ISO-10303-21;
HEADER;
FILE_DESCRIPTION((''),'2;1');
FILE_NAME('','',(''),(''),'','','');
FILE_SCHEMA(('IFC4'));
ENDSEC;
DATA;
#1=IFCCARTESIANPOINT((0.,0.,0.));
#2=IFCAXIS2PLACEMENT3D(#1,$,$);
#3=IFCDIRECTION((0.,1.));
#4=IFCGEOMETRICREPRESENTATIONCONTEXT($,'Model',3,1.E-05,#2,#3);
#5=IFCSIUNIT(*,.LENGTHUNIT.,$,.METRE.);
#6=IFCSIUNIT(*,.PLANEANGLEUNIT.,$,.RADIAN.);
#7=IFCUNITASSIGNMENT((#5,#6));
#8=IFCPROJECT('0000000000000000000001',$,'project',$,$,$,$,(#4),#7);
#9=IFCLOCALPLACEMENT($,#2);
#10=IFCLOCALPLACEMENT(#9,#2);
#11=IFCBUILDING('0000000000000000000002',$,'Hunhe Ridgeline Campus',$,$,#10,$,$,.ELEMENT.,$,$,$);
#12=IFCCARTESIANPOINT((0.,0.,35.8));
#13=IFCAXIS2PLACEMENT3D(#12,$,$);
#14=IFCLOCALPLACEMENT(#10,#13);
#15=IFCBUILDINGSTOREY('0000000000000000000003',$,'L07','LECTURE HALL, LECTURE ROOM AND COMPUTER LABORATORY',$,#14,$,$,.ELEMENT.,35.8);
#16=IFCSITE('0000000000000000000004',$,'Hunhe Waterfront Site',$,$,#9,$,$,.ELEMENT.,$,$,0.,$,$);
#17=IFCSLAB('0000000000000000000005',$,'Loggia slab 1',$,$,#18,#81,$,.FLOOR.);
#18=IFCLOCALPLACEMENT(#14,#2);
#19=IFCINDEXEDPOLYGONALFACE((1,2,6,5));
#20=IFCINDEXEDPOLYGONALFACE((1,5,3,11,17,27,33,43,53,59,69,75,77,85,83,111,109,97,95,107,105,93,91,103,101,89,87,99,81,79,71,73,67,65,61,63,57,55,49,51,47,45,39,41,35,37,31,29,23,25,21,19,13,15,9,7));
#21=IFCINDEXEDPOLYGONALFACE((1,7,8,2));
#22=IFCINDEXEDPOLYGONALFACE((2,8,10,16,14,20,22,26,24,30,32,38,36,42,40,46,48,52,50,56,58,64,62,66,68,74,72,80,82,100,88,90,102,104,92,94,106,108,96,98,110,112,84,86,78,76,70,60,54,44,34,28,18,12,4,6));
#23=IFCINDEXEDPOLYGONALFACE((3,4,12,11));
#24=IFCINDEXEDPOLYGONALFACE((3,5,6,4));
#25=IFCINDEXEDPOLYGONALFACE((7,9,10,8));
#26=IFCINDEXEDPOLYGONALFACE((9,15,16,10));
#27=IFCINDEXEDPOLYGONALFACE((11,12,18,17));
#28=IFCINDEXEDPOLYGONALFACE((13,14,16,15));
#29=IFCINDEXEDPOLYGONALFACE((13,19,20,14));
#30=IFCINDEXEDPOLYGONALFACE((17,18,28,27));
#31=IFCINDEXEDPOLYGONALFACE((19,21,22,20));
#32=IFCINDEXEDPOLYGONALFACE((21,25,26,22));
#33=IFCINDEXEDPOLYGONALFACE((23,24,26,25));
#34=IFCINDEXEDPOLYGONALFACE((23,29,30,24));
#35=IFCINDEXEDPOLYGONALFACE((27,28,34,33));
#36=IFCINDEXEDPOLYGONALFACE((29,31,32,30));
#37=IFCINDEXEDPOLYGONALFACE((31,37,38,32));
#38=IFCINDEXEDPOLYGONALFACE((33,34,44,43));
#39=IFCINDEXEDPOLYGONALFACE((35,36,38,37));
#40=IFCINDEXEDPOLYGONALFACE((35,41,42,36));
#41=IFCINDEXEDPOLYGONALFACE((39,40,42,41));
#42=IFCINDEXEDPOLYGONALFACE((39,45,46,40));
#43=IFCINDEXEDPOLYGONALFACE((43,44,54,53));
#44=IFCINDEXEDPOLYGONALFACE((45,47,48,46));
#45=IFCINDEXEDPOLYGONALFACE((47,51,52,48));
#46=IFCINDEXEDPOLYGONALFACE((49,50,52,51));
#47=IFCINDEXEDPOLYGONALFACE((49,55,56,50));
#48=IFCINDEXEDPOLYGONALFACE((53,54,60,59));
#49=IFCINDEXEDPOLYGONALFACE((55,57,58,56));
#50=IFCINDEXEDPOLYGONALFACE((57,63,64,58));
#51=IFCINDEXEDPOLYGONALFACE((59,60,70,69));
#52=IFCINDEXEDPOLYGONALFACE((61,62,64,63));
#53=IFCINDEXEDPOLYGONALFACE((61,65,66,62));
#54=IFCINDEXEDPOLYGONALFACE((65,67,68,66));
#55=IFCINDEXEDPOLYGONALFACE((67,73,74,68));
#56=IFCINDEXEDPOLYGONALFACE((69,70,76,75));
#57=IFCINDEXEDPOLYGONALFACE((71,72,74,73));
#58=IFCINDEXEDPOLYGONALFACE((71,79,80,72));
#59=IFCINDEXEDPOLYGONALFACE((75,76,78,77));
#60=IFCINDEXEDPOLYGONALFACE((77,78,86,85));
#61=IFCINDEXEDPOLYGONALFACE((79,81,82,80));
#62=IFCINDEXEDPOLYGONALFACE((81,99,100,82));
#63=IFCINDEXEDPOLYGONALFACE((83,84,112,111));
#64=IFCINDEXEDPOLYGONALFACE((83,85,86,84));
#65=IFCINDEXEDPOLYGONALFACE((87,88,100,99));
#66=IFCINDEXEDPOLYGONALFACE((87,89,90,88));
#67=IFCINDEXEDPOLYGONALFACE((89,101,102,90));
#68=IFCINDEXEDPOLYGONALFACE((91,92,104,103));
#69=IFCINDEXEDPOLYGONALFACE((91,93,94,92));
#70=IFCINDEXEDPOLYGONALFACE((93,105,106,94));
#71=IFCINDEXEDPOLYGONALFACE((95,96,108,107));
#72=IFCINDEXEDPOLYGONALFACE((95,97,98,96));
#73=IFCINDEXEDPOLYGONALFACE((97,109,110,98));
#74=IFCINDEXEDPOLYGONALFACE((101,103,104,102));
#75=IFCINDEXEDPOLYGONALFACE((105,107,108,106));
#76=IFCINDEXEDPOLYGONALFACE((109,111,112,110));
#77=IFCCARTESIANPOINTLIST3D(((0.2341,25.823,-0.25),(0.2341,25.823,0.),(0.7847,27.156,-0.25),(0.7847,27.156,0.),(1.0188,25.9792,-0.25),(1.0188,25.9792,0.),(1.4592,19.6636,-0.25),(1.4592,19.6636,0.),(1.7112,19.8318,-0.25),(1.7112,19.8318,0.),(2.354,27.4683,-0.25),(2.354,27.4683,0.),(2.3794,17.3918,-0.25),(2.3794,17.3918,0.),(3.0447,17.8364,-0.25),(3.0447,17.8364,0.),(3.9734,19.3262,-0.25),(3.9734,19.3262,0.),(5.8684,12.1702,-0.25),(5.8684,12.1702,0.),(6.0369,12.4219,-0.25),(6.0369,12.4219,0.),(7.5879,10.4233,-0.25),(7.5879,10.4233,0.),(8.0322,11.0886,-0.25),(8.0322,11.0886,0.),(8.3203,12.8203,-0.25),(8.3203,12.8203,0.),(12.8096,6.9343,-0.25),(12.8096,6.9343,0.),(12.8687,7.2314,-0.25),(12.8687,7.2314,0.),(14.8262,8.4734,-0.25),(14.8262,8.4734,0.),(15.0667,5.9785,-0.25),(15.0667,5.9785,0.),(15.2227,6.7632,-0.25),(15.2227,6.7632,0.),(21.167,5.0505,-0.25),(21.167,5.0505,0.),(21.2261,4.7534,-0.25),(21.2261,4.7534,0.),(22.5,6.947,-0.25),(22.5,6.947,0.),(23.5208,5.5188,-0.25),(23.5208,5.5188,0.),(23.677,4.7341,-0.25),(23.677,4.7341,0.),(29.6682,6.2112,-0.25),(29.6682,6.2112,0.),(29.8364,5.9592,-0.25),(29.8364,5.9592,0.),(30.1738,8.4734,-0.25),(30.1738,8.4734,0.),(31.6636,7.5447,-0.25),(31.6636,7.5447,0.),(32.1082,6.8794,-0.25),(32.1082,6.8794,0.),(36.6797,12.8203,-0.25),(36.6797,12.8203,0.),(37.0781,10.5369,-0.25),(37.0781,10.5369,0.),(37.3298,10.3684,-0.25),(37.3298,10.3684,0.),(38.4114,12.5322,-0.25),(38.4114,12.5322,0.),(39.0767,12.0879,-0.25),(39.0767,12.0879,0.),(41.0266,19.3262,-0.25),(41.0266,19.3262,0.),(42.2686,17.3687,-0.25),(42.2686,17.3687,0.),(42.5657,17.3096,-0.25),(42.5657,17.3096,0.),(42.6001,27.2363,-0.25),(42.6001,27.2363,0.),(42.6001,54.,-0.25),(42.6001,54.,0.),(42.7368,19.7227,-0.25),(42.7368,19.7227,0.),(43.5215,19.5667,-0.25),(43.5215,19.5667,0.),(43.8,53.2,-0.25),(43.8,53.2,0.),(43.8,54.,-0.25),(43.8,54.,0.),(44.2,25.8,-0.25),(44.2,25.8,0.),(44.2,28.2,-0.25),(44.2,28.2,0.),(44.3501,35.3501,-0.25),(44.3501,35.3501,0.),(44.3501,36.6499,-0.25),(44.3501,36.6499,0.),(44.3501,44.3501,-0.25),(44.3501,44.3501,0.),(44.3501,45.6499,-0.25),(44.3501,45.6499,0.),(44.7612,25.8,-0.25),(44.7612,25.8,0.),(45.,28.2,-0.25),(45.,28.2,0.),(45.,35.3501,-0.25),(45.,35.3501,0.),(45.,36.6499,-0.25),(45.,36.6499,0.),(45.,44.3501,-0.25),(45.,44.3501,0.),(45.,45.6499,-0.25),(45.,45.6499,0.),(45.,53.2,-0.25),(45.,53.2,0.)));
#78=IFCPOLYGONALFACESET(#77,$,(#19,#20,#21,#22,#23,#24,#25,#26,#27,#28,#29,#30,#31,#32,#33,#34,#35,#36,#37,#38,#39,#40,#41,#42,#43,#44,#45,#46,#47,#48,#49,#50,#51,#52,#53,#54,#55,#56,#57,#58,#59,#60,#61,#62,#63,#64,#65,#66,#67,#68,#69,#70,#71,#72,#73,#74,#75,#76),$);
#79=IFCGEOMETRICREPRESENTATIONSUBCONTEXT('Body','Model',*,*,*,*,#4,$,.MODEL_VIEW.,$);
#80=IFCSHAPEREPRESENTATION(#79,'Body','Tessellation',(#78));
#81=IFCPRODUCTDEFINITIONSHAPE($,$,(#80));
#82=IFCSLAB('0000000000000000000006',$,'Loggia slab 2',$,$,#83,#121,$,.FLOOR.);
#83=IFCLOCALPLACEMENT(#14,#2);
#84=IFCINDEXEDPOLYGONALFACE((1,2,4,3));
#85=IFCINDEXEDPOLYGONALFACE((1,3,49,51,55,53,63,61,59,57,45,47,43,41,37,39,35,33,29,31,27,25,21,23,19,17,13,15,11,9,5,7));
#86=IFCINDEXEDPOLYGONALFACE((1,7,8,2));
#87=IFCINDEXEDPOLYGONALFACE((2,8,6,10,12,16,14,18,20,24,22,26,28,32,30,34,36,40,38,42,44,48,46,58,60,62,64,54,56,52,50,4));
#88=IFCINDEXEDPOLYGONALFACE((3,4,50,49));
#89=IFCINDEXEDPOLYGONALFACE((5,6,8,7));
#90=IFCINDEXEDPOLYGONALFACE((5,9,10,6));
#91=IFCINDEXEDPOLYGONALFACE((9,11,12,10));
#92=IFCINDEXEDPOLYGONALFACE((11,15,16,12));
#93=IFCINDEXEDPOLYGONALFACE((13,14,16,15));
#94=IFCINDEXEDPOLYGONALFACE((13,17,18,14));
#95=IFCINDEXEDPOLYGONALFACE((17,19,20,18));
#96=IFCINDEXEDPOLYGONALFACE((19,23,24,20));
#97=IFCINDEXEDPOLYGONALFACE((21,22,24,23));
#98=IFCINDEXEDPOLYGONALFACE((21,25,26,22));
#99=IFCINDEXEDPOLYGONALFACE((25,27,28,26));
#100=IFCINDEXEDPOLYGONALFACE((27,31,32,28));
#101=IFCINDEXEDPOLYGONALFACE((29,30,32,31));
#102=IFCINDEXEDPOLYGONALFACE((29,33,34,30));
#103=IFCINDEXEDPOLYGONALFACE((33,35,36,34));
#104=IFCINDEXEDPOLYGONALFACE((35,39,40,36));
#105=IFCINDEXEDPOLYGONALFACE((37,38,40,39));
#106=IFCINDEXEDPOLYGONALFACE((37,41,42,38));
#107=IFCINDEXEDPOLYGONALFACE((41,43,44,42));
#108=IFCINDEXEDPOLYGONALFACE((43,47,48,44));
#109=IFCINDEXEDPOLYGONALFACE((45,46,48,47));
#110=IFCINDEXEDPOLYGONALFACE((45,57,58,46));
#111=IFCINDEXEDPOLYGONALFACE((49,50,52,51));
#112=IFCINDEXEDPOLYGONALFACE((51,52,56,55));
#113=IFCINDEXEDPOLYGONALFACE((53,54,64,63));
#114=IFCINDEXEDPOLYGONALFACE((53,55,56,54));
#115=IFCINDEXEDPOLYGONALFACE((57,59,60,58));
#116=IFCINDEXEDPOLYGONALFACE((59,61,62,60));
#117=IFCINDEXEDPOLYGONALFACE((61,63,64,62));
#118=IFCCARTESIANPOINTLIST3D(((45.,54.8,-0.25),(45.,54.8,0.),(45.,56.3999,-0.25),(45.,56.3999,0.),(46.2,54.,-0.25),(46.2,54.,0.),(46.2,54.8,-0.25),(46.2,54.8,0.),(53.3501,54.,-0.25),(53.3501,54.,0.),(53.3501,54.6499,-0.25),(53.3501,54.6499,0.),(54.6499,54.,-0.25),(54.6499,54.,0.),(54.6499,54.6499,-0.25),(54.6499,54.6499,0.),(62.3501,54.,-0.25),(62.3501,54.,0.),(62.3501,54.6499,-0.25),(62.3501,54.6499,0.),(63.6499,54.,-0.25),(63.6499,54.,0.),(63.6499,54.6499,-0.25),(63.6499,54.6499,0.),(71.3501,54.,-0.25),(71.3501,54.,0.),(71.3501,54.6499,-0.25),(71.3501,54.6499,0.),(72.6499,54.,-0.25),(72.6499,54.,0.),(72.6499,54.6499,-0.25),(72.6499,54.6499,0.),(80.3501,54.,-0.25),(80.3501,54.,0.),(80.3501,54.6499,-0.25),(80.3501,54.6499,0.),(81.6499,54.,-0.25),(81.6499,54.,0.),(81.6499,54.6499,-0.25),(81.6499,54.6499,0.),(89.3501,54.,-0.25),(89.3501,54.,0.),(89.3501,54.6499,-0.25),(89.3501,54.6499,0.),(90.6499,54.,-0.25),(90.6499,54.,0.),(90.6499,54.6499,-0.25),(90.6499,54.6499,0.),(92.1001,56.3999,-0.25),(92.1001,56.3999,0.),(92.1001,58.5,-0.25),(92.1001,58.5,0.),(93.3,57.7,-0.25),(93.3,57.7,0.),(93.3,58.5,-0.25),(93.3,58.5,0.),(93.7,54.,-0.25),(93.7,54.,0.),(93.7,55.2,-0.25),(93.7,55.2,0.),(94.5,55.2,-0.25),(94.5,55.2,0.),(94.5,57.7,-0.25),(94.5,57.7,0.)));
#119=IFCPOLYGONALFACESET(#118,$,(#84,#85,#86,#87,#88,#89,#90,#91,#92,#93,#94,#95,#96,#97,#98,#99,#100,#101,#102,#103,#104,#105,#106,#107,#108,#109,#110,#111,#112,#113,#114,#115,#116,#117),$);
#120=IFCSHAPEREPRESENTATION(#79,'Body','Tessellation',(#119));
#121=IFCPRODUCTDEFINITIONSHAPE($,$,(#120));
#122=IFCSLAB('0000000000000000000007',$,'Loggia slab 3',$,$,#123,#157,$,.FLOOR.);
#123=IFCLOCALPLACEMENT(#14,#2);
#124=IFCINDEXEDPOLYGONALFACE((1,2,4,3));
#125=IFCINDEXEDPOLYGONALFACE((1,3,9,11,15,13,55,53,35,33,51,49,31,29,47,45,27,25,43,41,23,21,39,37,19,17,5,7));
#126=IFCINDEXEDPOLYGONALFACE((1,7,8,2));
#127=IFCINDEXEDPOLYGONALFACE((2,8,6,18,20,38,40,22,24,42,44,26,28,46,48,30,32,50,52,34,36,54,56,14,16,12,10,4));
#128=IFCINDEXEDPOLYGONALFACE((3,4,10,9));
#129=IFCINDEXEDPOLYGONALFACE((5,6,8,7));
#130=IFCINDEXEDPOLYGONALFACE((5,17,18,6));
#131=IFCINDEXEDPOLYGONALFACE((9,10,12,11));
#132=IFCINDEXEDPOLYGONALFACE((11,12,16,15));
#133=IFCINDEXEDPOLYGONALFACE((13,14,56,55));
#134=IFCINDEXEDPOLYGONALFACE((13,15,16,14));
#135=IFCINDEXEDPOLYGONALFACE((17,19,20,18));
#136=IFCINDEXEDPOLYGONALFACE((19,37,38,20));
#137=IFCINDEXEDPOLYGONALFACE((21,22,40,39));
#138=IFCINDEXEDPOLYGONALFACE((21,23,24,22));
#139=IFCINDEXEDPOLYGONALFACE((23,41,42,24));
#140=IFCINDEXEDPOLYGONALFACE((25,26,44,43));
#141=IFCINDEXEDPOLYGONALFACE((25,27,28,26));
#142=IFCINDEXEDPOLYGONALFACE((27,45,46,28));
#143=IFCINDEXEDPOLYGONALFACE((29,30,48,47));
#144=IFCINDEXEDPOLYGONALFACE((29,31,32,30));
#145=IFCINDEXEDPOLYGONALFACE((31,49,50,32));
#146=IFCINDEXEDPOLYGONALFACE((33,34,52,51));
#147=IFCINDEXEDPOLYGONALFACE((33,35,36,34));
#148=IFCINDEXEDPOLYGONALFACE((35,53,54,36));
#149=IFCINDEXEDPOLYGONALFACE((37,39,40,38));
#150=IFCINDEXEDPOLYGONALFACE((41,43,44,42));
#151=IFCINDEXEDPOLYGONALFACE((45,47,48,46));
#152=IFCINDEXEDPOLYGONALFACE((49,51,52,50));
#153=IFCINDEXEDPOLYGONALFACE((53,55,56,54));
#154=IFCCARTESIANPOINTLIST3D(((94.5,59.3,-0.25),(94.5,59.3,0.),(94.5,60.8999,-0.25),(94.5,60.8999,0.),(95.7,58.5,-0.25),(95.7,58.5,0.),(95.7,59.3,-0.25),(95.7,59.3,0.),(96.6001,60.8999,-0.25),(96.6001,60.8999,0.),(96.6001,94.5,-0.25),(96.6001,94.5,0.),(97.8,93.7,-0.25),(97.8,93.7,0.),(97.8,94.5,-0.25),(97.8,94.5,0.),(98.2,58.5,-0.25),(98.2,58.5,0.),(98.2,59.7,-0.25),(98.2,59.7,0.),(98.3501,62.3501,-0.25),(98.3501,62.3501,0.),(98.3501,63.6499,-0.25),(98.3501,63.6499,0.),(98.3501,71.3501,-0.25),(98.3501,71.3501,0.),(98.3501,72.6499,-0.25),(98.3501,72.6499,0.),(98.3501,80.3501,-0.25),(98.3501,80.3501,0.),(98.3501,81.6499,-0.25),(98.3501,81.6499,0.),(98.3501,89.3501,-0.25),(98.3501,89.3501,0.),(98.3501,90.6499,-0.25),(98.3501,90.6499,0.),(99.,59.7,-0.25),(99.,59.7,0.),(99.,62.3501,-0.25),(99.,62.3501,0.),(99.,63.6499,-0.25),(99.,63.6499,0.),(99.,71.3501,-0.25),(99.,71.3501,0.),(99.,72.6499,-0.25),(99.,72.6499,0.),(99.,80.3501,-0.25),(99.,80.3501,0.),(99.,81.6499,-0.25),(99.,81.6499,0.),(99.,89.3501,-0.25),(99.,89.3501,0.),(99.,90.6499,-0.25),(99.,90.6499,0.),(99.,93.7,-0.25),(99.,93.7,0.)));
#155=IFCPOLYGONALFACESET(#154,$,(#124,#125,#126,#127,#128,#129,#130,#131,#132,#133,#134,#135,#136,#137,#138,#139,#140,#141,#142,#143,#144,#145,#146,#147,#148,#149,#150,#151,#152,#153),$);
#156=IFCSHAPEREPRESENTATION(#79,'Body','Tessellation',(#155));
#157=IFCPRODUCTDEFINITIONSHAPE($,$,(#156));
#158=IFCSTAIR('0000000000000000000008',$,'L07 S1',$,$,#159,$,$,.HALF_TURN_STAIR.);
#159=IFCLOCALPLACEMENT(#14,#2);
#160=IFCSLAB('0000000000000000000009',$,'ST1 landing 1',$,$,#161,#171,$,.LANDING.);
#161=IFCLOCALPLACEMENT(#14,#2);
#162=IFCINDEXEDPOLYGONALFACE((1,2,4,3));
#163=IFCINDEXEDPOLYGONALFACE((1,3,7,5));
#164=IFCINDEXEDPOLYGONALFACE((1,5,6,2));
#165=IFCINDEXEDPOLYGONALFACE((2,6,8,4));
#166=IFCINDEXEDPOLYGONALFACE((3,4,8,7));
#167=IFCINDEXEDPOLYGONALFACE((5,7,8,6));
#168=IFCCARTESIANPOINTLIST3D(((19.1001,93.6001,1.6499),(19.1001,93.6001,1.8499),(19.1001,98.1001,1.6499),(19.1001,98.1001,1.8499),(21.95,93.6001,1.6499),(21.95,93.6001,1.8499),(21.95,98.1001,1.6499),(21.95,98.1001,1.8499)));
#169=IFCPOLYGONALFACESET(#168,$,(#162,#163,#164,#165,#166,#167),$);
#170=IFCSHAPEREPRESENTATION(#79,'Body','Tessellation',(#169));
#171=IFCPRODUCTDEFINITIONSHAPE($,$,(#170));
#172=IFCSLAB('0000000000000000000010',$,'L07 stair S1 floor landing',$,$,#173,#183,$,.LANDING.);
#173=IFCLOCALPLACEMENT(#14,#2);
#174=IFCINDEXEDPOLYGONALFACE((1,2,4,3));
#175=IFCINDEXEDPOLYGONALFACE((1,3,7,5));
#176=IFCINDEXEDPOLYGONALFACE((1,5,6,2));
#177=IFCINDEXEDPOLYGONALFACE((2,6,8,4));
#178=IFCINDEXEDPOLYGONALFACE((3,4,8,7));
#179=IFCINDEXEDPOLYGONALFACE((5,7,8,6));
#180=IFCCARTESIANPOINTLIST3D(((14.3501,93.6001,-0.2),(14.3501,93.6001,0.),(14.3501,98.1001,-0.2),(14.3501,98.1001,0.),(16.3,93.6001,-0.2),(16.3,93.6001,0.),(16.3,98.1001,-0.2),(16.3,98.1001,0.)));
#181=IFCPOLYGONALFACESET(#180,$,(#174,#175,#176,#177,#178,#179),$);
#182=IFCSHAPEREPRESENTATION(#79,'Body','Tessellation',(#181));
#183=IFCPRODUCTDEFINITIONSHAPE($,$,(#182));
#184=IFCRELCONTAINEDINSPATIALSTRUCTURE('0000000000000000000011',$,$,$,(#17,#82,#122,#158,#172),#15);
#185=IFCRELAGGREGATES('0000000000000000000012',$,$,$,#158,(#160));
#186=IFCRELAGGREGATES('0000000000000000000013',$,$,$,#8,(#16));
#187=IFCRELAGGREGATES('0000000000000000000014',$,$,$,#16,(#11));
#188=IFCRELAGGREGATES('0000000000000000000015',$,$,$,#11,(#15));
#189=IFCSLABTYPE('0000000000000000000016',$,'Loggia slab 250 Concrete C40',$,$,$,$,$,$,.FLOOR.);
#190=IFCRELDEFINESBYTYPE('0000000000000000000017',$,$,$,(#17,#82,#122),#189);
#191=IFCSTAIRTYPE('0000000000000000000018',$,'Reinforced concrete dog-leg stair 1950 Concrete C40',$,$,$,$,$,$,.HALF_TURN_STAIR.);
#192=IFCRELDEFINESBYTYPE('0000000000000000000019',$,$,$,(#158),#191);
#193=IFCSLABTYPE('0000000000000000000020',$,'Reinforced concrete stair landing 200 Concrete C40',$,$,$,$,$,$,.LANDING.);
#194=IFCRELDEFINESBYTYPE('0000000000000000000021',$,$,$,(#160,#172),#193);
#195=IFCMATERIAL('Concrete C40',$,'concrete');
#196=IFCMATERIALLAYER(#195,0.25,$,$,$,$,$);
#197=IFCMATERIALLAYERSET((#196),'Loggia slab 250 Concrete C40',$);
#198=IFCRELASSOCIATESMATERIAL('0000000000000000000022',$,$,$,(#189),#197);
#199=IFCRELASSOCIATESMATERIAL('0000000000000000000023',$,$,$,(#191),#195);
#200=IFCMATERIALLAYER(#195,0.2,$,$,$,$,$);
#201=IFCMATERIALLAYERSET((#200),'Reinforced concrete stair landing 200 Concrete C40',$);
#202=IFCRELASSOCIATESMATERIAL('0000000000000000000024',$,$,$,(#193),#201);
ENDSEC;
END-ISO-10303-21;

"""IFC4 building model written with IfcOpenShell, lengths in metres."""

from ifc_helpers import new_model, si_unit, direction, frame, origin, place, context, subcontext, project, spatial, polyline, outline, extrude, material, layer, layer_set, type_object, element, aggregate, save


model = new_model("IFC4")

# Units and contexts
model_context = context("Model", 3, precision=1e-05, world=origin(), true_north=direction((0.0, 1.0)))
body_context = subcontext(model_context, "Body", "Model", "MODEL_VIEW")
ifc_project = project(units=[si_unit("LENGTHUNIT", "METRE"), si_unit("PLANEANGLEUNIT", "RADIAN")], contexts=[model_context])

# Site, building, storey
site_placement = place(None, origin())
site = spatial("IfcSite", under=ifc_project, at=site_placement, Name="Hunhe Waterfront Site", CompositionType="ELEMENT", RefElevation=0.0)
building_placement = place(site_placement, origin())
building = spatial("IfcBuilding", under=site, at=building_placement, Name="Hunhe Ridgeline Campus", CompositionType="ELEMENT")
storey_placement = place(building_placement, frame((0.0, 0.0, 35.8)))
storey = spatial("IfcBuildingStorey", under=building, at=storey_placement, Name="L07", Description="LECTURE HALL, LECTURE ROOM AND COMPUTER LABORATORY", CompositionType="ELEMENT", Elevation=35.8)

# Slabs
ifc_material_1 = material(Name="Concrete C40", Category="concrete")
ifc_layer_1 = layer(ifc_material_1, 0.25)
ifc_layer_set_1 = layer_set([ifc_layer_1], Name="Loggia slab 250 Concrete C40")
slab_type_1 = type_object("IfcSlabType", Name="Loggia slab 250 Concrete C40", PredefinedType="FLOOR", material=ifc_layer_set_1)
slab_1_placement = place(storey_placement, frame((0.0, 0.0, -0.25)))
element("IfcSlab", 1, at=slab_1_placement, inside=storey, type_object=slab_type_1, Name="Loggia slab 1", PredefinedType="FLOOR", context=body_context, shape_type="SweptSolid", body=[
    extrude(outline(polyline([(30.1738, 8.4734), (22.5, 6.947), (14.8262, 8.4734), (8.3203, 12.8203), (3.9734, 19.3262), (2.354, 27.4683), (0.7847, 27.156), (1.0188, 25.9792), (0.2341, 25.823), (1.4592, 19.6636), (1.7112, 19.8318), (3.0447, 17.8364), (2.3794, 17.3918), (5.8684, 12.1702), (6.0369, 12.4219), (8.0322, 11.0886), (7.5879, 10.4233), (12.8096, 6.9343), (12.8687, 7.2314), (15.2227, 6.7632), (15.0667, 5.9785), (21.2261, 4.7534), (21.167, 5.0505), (23.5208, 5.5188), (23.677, 4.7341), (29.8364, 5.9592), (29.6682, 6.2112), (31.6636, 7.5447), (32.1082, 6.8794), (37.3298, 10.3684), (37.0781, 10.5369), (38.4114, 12.5322), (39.0767, 12.0879), (42.5657, 17.3096), (42.2686, 17.3687), (42.7368, 19.7227), (43.5215, 19.5667), (44.7612, 25.8), (44.2, 25.8), (44.2, 28.2), (45.0, 28.2), (45.0, 35.3501), (44.3501, 35.3501), (44.3501, 36.6499), (45.0, 36.6499), (45.0, 44.3501), (44.3501, 44.3501), (44.3501, 45.6499), (45.0, 45.6499), (45.0, 53.2), (43.8, 53.2), (43.8, 54.0), (42.6001, 54.0), (42.6001, 27.2363), (41.0266, 19.3262), (36.6797, 12.8203), (30.1738, 8.4734)])), origin(), (0.0, 0.0, 1.0), 0.25),
])
slab_2_placement = place(storey_placement, frame((0.0, 0.0, -0.25)))
element("IfcSlab", 2, at=slab_2_placement, inside=storey, type_object=slab_type_1, Name="Loggia slab 2", PredefinedType="FLOOR", context=body_context, shape_type="SweptSolid", body=[
    extrude(outline(polyline([(45.0, 54.8), (46.2, 54.8), (46.2, 54.0), (53.3501, 54.0), (53.3501, 54.6499), (54.6499, 54.6499), (54.6499, 54.0), (62.3501, 54.0), (62.3501, 54.6499), (63.6499, 54.6499), (63.6499, 54.0), (71.3501, 54.0), (71.3501, 54.6499), (72.6499, 54.6499), (72.6499, 54.0), (80.3501, 54.0), (80.3501, 54.6499), (81.6499, 54.6499), (81.6499, 54.0), (89.3501, 54.0), (89.3501, 54.6499), (90.6499, 54.6499), (90.6499, 54.0), (93.7, 54.0), (93.7, 55.2), (94.5, 55.2), (94.5, 57.7), (93.3, 57.7), (93.3, 58.5), (92.1001, 58.5), (92.1001, 56.3999), (45.0, 56.3999), (45.0, 54.8)])), origin(), (0.0, 0.0, 1.0), 0.25),
])
slab_3_placement = place(storey_placement, frame((0.0, 0.0, -0.25)))
element("IfcSlab", 3, at=slab_3_placement, inside=storey, type_object=slab_type_1, Name="Loggia slab 3", PredefinedType="FLOOR", context=body_context, shape_type="SweptSolid", body=[
    extrude(outline(polyline([(94.5, 59.3), (95.7, 59.3), (95.7, 58.5), (98.2, 58.5), (98.2, 59.7), (99.0, 59.7), (99.0, 62.3501), (98.3501, 62.3501), (98.3501, 63.6499), (99.0, 63.6499), (99.0, 71.3501), (98.3501, 71.3501), (98.3501, 72.6499), (99.0, 72.6499), (99.0, 80.3501), (98.3501, 80.3501), (98.3501, 81.6499), (99.0, 81.6499), (99.0, 89.3501), (98.3501, 89.3501), (98.3501, 90.6499), (99.0, 90.6499), (99.0, 93.7), (97.8, 93.7), (97.8, 94.5), (96.6001, 94.5), (96.6001, 60.8999), (94.5, 60.8999), (94.5, 59.3)])), origin(), (0.0, 0.0, 1.0), 0.25),
])

# Stair, slab
stair_type = type_object("IfcStairType", Name="Reinforced concrete dog-leg stair 1950 Concrete C40", PredefinedType="HALF_TURN_STAIR", material=ifc_material_1)
stair_1_placement = place(storey_placement, origin())
stair_1 = element("IfcStair", 4, at=stair_1_placement, inside=storey, type_object=stair_type, Name="L07 S1", PredefinedType="HALF_TURN_STAIR")
ifc_layer_2 = layer(ifc_material_1, 0.2)
ifc_layer_set_2 = layer_set([ifc_layer_2], Name="Reinforced concrete stair landing 200 Concrete C40")
slab_type_2 = type_object("IfcSlabType", Name="Reinforced concrete stair landing 200 Concrete C40", PredefinedType="LANDING", material=ifc_layer_set_2)
slab_4_placement = place(storey_placement, frame((0.0, 0.0, 1.6499)))
slab_4 = element("IfcSlab", 5, at=slab_4_placement, type_object=slab_type_2, Name="ST1 landing 1", PredefinedType="LANDING", context=body_context, shape_type="SweptSolid", body=[
    extrude(outline(polyline([(19.1001, 93.6001), (21.95, 93.6001), (21.95, 98.1001), (19.1001, 98.1001), (19.1001, 93.6001)])), origin(), (0.0, 0.0, 1.0), 0.2),
])
aggregate(stair_1, [slab_4])

# Slab
slab_5_placement = place(storey_placement, frame((0.0, 0.0, -0.2)))
element("IfcSlab", 6, at=slab_5_placement, inside=storey, type_object=slab_type_2, Name="L07 stair S1 floor landing", PredefinedType="LANDING", context=body_context, shape_type="SweptSolid", body=[
    extrude(outline(polyline([(14.3501, 93.6001), (16.3, 93.6001), (16.3, 98.1001), (14.3501, 98.1001), (14.3501, 93.6001)])), origin(), (0.0, 0.0, 1.0), 0.2),
])

save(model, "model.ifc")
